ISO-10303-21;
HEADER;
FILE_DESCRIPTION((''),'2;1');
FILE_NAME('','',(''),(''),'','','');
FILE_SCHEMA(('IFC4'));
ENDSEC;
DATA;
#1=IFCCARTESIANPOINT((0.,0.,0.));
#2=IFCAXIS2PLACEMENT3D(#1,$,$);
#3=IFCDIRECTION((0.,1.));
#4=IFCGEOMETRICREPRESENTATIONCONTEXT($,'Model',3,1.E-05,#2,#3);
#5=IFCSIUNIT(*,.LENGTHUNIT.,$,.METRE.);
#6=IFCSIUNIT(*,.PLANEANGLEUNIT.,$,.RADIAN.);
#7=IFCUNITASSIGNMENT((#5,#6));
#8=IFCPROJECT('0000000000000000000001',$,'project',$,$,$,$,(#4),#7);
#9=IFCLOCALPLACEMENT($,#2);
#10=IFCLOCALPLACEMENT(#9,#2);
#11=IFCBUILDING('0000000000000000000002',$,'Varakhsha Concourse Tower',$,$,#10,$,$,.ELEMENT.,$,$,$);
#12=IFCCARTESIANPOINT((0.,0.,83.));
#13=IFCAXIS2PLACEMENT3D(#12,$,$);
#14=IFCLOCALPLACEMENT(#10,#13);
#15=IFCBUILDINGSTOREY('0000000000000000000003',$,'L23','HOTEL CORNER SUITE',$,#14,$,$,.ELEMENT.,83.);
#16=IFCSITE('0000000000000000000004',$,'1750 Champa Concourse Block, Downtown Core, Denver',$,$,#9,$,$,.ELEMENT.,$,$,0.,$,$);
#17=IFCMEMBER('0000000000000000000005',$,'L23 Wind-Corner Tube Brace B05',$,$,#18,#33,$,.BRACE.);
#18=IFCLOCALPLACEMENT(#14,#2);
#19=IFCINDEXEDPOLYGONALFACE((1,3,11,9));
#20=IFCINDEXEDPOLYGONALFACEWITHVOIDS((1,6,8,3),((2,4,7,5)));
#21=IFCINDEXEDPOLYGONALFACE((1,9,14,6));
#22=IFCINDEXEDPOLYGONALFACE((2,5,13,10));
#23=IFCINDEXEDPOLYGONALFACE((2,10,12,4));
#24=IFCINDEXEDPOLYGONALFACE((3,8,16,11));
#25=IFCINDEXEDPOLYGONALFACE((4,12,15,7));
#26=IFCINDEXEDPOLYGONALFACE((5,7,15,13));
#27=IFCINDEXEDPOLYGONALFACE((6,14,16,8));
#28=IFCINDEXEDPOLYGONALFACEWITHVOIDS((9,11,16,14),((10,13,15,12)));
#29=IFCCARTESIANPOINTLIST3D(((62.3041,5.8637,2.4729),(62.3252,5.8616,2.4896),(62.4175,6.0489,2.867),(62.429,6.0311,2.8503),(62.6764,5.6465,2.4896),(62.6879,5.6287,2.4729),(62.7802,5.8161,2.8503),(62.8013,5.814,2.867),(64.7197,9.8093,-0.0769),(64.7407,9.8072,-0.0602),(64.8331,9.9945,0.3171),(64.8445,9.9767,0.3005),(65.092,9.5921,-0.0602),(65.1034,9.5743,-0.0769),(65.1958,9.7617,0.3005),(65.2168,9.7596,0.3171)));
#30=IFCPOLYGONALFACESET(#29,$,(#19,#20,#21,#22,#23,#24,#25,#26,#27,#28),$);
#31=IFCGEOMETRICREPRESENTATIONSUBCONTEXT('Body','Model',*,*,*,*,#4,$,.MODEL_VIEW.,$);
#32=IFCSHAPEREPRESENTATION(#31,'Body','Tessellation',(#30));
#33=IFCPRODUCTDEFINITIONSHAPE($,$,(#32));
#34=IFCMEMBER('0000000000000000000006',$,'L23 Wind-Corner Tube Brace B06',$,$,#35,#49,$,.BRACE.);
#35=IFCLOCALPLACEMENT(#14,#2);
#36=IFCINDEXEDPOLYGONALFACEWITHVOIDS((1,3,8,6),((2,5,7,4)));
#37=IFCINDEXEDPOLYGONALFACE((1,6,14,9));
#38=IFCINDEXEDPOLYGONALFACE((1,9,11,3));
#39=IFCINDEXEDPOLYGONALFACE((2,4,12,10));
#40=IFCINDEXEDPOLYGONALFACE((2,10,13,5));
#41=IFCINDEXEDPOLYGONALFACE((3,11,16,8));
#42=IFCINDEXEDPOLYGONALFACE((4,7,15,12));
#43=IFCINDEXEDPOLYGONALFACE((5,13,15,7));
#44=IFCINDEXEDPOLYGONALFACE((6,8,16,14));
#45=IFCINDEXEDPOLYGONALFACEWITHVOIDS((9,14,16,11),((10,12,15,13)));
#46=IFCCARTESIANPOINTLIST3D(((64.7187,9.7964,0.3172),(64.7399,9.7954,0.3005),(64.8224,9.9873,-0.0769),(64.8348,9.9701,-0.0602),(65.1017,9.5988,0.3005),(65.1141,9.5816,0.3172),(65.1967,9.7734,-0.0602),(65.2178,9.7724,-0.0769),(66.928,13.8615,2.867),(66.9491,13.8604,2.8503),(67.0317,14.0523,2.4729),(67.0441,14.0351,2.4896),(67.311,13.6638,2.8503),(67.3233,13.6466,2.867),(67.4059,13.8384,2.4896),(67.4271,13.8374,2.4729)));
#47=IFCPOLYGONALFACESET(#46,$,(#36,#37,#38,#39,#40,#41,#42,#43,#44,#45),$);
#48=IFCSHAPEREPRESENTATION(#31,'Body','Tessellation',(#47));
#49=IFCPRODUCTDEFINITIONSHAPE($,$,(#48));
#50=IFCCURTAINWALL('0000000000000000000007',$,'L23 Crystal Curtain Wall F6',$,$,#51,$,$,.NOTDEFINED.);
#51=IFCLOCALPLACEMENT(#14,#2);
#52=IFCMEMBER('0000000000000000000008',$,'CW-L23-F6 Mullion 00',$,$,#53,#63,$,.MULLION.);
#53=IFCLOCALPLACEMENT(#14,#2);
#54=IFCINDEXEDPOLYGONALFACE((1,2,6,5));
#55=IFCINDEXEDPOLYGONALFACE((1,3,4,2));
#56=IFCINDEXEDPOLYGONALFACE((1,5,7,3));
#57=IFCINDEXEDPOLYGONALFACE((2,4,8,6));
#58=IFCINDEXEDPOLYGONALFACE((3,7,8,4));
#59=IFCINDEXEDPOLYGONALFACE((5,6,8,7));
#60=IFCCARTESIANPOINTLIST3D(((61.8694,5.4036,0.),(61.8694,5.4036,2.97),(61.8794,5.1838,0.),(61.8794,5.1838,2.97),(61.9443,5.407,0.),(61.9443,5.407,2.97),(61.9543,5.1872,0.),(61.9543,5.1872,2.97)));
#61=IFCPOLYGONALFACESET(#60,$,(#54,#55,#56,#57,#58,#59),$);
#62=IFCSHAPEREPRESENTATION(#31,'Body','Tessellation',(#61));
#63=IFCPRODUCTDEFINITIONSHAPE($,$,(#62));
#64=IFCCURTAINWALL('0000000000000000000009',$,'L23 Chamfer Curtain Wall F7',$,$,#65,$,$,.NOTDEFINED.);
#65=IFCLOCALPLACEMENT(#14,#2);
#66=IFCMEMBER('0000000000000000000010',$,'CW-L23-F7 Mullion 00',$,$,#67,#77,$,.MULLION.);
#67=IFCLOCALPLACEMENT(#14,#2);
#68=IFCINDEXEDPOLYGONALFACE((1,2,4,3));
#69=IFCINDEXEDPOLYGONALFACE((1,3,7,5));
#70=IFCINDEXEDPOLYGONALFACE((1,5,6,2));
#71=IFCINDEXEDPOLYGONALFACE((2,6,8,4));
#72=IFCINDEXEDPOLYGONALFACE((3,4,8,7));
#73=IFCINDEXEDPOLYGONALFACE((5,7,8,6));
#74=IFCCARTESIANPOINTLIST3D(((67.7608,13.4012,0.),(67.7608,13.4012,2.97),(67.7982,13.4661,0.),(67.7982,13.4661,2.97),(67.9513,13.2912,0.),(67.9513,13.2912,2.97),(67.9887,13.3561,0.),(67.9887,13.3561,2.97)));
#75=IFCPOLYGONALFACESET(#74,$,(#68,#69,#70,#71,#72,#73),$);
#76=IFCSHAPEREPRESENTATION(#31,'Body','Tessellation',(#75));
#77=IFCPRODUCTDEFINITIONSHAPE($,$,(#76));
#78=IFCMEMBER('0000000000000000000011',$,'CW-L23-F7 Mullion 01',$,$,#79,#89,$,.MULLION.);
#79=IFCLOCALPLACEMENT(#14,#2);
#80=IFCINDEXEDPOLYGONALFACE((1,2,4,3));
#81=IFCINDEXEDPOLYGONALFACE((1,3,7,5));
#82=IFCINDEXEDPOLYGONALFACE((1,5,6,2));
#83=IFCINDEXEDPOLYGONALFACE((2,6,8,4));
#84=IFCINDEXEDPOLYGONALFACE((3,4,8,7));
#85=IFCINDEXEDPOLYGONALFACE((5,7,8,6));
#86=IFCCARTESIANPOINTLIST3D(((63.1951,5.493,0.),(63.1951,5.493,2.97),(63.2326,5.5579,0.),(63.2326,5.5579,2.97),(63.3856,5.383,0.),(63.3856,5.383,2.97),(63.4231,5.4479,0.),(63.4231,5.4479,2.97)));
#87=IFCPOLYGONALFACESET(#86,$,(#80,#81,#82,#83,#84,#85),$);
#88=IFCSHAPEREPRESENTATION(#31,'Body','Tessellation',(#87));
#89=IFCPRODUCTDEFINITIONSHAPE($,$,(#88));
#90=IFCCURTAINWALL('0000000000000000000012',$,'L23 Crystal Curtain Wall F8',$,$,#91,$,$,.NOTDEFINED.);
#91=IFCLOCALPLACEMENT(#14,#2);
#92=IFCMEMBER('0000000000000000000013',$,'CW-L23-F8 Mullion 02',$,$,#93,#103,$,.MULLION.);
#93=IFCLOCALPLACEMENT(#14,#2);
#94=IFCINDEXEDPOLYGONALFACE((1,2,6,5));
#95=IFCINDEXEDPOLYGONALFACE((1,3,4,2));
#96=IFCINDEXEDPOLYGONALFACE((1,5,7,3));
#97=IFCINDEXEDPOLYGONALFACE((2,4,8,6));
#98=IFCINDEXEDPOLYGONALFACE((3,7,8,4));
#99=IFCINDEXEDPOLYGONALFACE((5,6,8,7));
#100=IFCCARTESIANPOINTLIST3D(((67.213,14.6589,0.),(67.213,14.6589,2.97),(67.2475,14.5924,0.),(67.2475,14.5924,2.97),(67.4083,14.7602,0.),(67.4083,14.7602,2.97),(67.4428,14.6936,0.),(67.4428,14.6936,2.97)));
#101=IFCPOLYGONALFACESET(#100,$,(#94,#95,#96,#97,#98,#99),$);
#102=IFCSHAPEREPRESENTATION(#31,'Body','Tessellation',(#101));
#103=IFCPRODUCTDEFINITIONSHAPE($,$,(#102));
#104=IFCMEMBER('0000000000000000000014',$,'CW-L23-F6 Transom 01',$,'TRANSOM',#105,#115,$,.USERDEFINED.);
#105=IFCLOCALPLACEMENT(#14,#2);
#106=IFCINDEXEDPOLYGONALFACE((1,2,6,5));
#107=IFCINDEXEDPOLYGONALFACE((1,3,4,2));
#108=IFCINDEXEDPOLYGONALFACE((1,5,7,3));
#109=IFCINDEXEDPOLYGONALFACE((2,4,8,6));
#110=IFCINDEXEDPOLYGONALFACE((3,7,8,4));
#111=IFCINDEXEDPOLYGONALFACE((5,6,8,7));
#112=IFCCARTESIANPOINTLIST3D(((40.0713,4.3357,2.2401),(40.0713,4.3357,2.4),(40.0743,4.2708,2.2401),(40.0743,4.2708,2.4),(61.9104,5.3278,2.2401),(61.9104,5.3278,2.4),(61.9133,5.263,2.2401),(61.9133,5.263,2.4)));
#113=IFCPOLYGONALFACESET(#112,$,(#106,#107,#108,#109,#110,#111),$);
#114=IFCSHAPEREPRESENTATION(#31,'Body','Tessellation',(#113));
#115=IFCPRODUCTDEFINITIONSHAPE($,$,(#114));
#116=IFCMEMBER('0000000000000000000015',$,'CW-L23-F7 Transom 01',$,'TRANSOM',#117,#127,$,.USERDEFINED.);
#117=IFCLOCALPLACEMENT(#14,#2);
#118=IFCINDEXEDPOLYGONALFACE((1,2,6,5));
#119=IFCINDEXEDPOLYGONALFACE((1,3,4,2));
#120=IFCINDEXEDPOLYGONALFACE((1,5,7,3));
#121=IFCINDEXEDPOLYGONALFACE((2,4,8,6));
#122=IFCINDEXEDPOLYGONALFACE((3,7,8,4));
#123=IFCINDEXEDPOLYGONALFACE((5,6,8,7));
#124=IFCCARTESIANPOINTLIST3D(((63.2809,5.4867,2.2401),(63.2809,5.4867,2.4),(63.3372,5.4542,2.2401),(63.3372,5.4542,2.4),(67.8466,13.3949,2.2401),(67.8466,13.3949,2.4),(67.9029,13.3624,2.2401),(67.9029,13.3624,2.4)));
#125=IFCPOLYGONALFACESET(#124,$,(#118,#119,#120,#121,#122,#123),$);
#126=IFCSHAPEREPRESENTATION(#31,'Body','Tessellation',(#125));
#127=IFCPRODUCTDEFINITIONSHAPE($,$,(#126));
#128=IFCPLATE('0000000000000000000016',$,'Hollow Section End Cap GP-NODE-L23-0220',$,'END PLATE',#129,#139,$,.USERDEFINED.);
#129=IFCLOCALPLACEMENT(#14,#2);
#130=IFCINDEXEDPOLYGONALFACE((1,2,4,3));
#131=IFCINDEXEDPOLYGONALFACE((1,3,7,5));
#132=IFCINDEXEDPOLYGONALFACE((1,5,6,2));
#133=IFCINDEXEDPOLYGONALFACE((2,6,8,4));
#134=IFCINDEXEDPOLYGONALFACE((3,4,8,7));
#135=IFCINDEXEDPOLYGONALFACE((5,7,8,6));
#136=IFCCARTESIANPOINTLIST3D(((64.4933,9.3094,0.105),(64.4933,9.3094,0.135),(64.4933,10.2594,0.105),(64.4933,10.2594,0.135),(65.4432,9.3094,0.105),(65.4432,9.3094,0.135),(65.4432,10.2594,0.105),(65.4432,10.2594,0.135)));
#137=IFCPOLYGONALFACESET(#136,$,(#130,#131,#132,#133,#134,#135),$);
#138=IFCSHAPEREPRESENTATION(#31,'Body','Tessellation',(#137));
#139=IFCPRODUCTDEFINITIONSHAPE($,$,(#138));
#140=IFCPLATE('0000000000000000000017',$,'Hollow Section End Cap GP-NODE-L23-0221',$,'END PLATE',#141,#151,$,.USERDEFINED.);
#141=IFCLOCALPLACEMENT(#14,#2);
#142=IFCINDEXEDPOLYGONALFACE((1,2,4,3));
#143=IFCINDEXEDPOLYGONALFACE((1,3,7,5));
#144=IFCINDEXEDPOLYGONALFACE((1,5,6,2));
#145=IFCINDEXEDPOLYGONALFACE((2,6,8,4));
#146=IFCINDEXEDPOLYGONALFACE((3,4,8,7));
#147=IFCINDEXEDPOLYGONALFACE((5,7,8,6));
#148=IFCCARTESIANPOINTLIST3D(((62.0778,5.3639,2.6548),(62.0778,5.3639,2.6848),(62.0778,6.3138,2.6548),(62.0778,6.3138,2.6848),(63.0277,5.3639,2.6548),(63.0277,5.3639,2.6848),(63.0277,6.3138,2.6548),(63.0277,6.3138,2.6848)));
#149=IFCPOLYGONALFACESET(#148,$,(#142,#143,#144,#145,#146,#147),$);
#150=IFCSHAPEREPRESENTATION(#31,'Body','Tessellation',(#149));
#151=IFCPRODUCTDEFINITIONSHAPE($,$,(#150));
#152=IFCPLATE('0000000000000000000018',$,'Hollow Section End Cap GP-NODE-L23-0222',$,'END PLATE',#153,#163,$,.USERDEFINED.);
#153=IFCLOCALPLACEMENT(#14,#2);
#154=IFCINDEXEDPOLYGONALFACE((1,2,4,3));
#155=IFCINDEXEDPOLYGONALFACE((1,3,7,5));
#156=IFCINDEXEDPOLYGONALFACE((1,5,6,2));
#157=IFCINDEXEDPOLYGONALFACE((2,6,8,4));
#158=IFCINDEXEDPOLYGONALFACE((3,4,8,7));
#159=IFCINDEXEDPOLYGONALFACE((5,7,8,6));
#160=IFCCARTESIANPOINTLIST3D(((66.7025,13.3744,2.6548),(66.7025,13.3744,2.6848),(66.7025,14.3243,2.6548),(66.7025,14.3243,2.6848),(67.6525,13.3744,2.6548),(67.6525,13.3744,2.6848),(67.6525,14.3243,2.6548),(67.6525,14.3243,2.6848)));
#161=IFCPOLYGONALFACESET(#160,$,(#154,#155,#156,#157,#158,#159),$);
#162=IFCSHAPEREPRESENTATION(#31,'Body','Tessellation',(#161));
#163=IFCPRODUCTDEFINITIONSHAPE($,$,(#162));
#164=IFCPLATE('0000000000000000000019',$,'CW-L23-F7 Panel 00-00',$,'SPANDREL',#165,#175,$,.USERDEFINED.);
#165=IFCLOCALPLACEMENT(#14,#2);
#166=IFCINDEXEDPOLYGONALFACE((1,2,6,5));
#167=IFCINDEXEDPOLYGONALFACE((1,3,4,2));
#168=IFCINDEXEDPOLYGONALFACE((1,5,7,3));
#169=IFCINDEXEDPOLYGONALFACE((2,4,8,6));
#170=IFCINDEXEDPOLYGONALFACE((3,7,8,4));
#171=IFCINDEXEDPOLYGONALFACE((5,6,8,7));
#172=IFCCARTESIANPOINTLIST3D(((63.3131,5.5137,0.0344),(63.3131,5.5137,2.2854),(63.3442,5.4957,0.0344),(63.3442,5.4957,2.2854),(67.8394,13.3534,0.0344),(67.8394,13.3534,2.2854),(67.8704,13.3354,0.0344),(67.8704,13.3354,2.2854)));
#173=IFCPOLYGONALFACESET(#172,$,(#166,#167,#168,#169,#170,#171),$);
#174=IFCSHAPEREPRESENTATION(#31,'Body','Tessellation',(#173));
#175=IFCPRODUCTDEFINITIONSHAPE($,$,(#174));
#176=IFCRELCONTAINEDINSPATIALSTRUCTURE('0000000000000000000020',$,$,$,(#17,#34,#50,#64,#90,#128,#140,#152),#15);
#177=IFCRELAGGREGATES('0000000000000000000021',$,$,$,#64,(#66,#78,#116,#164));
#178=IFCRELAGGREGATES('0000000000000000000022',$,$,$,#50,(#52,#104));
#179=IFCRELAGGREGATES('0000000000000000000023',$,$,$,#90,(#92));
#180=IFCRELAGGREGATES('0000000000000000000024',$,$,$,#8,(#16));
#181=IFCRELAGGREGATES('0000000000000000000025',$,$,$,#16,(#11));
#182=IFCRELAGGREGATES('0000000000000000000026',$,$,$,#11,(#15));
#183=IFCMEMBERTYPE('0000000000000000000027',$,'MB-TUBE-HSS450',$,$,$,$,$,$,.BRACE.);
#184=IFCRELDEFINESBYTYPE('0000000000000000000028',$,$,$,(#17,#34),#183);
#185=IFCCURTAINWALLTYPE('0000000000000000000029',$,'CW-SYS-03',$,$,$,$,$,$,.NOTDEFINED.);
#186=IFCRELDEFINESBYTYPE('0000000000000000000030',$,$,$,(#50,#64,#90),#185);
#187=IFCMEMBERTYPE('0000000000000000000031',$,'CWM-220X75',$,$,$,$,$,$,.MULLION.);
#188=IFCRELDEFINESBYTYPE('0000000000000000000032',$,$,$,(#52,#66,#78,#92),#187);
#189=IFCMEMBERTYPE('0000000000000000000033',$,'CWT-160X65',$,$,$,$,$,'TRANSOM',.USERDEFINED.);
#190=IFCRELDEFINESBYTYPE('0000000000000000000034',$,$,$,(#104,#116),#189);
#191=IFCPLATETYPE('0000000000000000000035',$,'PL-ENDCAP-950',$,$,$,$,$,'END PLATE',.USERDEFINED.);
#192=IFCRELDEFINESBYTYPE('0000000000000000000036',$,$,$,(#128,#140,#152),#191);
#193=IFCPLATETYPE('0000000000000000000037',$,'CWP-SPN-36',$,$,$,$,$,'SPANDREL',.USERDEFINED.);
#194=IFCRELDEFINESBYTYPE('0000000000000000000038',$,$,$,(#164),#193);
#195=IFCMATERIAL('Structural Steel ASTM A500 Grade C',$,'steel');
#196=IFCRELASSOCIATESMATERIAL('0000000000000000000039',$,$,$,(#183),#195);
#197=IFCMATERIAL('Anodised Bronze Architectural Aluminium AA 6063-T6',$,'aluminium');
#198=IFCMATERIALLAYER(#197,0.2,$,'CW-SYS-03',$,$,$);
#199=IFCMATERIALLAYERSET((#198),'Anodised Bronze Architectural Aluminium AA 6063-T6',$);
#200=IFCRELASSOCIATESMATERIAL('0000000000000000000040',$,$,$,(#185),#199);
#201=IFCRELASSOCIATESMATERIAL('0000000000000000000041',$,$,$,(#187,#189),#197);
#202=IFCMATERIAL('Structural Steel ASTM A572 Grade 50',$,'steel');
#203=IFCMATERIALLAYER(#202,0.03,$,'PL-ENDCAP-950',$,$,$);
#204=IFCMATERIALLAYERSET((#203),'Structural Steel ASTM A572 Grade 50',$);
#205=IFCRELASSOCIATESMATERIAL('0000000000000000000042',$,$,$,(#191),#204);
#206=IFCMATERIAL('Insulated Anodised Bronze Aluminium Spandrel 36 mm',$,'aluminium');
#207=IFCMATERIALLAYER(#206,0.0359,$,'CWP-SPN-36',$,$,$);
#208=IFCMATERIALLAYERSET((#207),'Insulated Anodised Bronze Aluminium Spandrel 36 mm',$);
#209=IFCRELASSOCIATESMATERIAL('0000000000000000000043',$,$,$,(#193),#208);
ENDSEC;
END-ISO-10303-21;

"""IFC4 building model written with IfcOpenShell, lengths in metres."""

from ifc_helpers import new_model, si_unit, direction, frame, origin, origin_2d, place, context, subcontext, project, spatial, rectangle, hollow_rectangle, extrude, source, transform, mapped, material, layer, layer_set, material_profile, profile_set, type_object, type_shapes, element, aggregate, save


model = new_model("IFC4")

# Units and contexts
model_context = context("Model", 3, precision=1e-05, world=origin(), true_north=direction((0.0, 1.0)))
body_context = subcontext(model_context, "Body", "Model", "MODEL_VIEW")
ifc_project = project(units=[si_unit("LENGTHUNIT", "METRE"), si_unit("PLANEANGLEUNIT", "RADIAN")], contexts=[model_context])

# Site, building, storey
site_placement = place(None, origin())
site = spatial("IfcSite", under=ifc_project, at=site_placement, Name="1750 Champa Concourse Block, Downtown Core, Denver", CompositionType="ELEMENT", RefElevation=0.0)
building_placement = place(site_placement, origin())
building = spatial("IfcBuilding", under=site, at=building_placement, Name="Varakhsha Concourse Tower", CompositionType="ELEMENT")
storey_placement = place(building_placement, frame((0.0, 0.0, 83.0)))
storey = spatial("IfcBuildingStorey", under=building, at=storey_placement, Name="L23", Description="HOTEL CORNER SUITE", CompositionType="ELEMENT", Elevation=83.0)

# Shared definitions
ifc_material_1 = material(Name="Structural Steel ASTM A572 Grade 50", Category="steel")

# Members
ifc_material_2 = material(Name="Structural Steel ASTM A500 Grade C", Category="steel")
ifc_material_profile_1 = material_profile(ifc_material_2, hollow_rectangle(XDim=0.45, YDim=0.45, WallThickness=0.019, at=origin_2d()), Name="HSS 450x450x19")
ifc_profile_set_1 = profile_set([ifc_material_profile_1], Name="Structural Steel ASTM A500 Grade C")
member_type_1 = type_object("IfcMemberType", Name="MB-TUBE-HSS450", PredefinedType="BRACE", material=ifc_profile_set_1)
shared_shape_1 = source(origin(), body_context, "Body", "SweptSolid", [
    extrude(hollow_rectangle(XDim=0.45, YDim=0.45, WallThickness=0.019, at=origin_2d()), origin(), (0.0, 0.0, 1.0), 5.2825),
])
member_1_placement = place(storey_placement, frame((64.9683, 9.7844, 0.1201), z_axis=(-0.457279, -0.746926, 0.482699), x_axis=(0.852863, -0.522135, 0.0)))
element("IfcMember", 1, at=member_1_placement, inside=storey, type_object=member_type_1, Name="L23 Wind-Corner Tube Brace B05", PredefinedType="BRACE", context=body_context, shape_type="MappedRepresentation", body=[
    mapped(shared_shape_1, transform((0.0, 0.0, 0.0), scale=1.0)),
])
shared_shape_2 = source(origin(), body_context, "Body", "SweptSolid", [
    extrude(hollow_rectangle(XDim=0.45, YDim=0.45, WallThickness=0.019, at=origin_2d()), origin(), (0.0, 0.0, 1.0), 5.2827),
])
type_shapes(member_type_1, [shared_shape_1, shared_shape_2])
member_2_placement = place(storey_placement, frame((64.9683, 9.7844, 0.1201), z_axis=(0.418208, 0.769495, 0.482679), x_axis=(-0.878623, 0.477517, 0.0)))
element("IfcMember", 2, at=member_2_placement, inside=storey, type_object=member_type_1, Name="L23 Wind-Corner Tube Brace B06", PredefinedType="BRACE", context=body_context, shape_type="MappedRepresentation", body=[
    mapped(shared_shape_2, transform((0.0, 0.0, 0.0), scale=1.0)),
])

# Curtain wall, member
ifc_material_3 = material(Name="Anodised Bronze Architectural Aluminium AA 6063-T6", Category="aluminium")
ifc_layer_1 = layer(ifc_material_3, 0.2, Name="CW-SYS-03")
ifc_layer_set_1 = layer_set([ifc_layer_1], Name="Anodised Bronze Architectural Aluminium AA 6063-T6")
curtain_wall_type = type_object("IfcCurtainWallType", Name="CW-SYS-03", PredefinedType="NOTDEFINED", material=ifc_layer_set_1)
curtain_wall_1_placement = place(storey_placement, origin())
curtain_wall_1 = element("IfcCurtainWall", 3, at=curtain_wall_1_placement, inside=storey, type_object=curtain_wall_type, Name="L23 Crystal Curtain Wall F6", PredefinedType="NOTDEFINED")
ifc_material_profile_2 = material_profile(ifc_material_3, rectangle(XDim=0.075, YDim=0.22, at=origin_2d()), Name="CWM-220X75")
ifc_profile_set_2 = profile_set([ifc_material_profile_2], Name="Anodised Bronze Architectural Aluminium AA 6063-T6")
member_type_2 = type_object("IfcMemberType", Name="CWM-220X75", PredefinedType="MULLION", material=ifc_profile_set_2)
shared_shape_3 = source(origin(), body_context, "Body", "SweptSolid", [
    extrude(rectangle(XDim=0.075, YDim=0.22, at=origin_2d()), origin(), (0.0, 0.0, 1.0), 2.97),
])
type_shapes(member_type_2, [shared_shape_3])
member_3_placement = place(storey_placement, frame((61.9119, 5.2954, 0.0), z_axis=(0.0, 0.0, 1.0), x_axis=(-0.99897, -0.04538, 0.0)))
member_3 = element("IfcMember", 4, at=member_3_placement, type_object=member_type_2, Name="CW-L23-F6 Mullion 00", PredefinedType="MULLION", context=body_context, shape_type="MappedRepresentation", body=[
    mapped(shared_shape_3, transform((0.0, 0.0, 0.0), scale=1.0)),
])

# Curtain wall, members
curtain_wall_2_placement = place(storey_placement, origin())
curtain_wall_2 = element("IfcCurtainWall", 5, at=curtain_wall_2_placement, inside=storey, type_object=curtain_wall_type, Name="L23 Chamfer Curtain Wall F7", PredefinedType="NOTDEFINED")
member_4_placement = place(storey_placement, frame((67.8748, 13.3787, 0.0), z_axis=(0.0, 0.0, 1.0), x_axis=(-0.499997, -0.866027, 0.0)))
member_4 = element("IfcMember", 6, at=member_4_placement, type_object=member_type_2, Name="CW-L23-F7 Mullion 00", PredefinedType="MULLION", context=body_context, shape_type="MappedRepresentation", body=[
    mapped(shared_shape_3, transform((0.0, 0.0, 0.0), scale=1.0)),
])
member_5_placement = place(storey_placement, frame((63.3091, 5.4705, 0.0), z_axis=(0.0, 0.0, 1.0), x_axis=(-0.499997, -0.866027, 0.0)))
member_5 = element("IfcMember", 7, at=member_5_placement, type_object=member_type_2, Name="CW-L23-F7 Mullion 01", PredefinedType="MULLION", context=body_context, shape_type="MappedRepresentation", body=[
    mapped(shared_shape_3, transform((0.0, 0.0, 0.0), scale=1.0)),
])

# Curtain wall, member
curtain_wall_3_placement = place(storey_placement, origin())
curtain_wall_3 = element("IfcCurtainWall", 8, at=curtain_wall_3_placement, inside=storey, type_object=curtain_wall_type, Name="L23 Crystal Curtain Wall F8", PredefinedType="NOTDEFINED")
member_6_placement = place(storey_placement, frame((67.3279, 14.6763, 0.0), z_axis=(0.0, 0.0, 1.0), x_axis=(0.460186, -0.887823, 0.0)))
member_6 = element("IfcMember", 9, at=member_6_placement, type_object=member_type_2, Name="CW-L23-F8 Mullion 02", PredefinedType="MULLION", context=body_context, shape_type="MappedRepresentation", body=[
    mapped(shared_shape_3, transform((0.0, 0.0, 0.0), scale=1.0)),
])

# Members
ifc_material_profile_3 = material_profile(ifc_material_3, rectangle(XDim=0.0649, YDim=0.1599, at=origin_2d()), Name="CWT-160X65")
ifc_profile_set_3 = profile_set([ifc_material_profile_3], Name="Anodised Bronze Architectural Aluminium AA 6063-T6")
member_type_3 = type_object("IfcMemberType", Name="CWT-160X65", ElementType="TRANSOM", PredefinedType="USERDEFINED", material=ifc_profile_set_3)
shared_shape_4 = source(origin(), body_context, "Body", "SweptSolid", [
    extrude(rectangle(XDim=0.0649, YDim=0.1599, at=origin_2d()), origin(), (0.0, 0.0, 1.0), 21.8616),
])
member_7_placement = place(storey_placement, frame((61.9119, 5.2954, 2.3201), z_axis=(-0.99897, -0.045385, 0.0), x_axis=(0.045385, -0.99897, 0.0)))
member_7 = element("IfcMember", 10, at=member_7_placement, type_object=member_type_3, Name="CW-L23-F6 Transom 01", ObjectType="TRANSOM", PredefinedType="USERDEFINED", context=body_context, shape_type="MappedRepresentation", body=[
    mapped(shared_shape_4, transform((0.0, 0.0, 0.0), scale=1.0)),
])
shared_shape_5 = source(origin(), body_context, "Body", "SweptSolid", [
    extrude(rectangle(XDim=0.0649, YDim=0.1599, at=origin_2d()), origin(), (0.0, 0.0, 1.0), 9.1316),
])
type_shapes(member_type_3, [shared_shape_4, shared_shape_5])
member_8_placement = place(storey_placement, frame((67.8748, 13.3787, 2.3201), z_axis=(-0.499989, -0.866032, 0.0), x_axis=(0.866032, -0.499989, 0.0)))
member_8 = element("IfcMember", 11, at=member_8_placement, type_object=member_type_3, Name="CW-L23-F7 Transom 01", ObjectType="TRANSOM", PredefinedType="USERDEFINED", context=body_context, shape_type="MappedRepresentation", body=[
    mapped(shared_shape_5, transform((0.0, 0.0, 0.0), scale=1.0)),
])

# Plates
ifc_layer_2 = layer(ifc_material_1, 0.03, Name="PL-ENDCAP-950")
ifc_layer_set_2 = layer_set([ifc_layer_2], Name="Structural Steel ASTM A572 Grade 50")
plate_type_1 = type_object("IfcPlateType", Name="PL-ENDCAP-950", ElementType="END PLATE", PredefinedType="USERDEFINED", material=ifc_layer_set_2)
shared_shape_6 = source(origin(), body_context, "Body", "SweptSolid", [
    extrude(rectangle(XDim=0.95, YDim=0.95, at=origin_2d()), origin(), (0.0, 0.0, 1.0), 0.03),
])
type_shapes(plate_type_1, [shared_shape_6])
for number, where, z_axis, x_axis, name in (
    (12, (64.9683, 9.7844, 0.105), (0.0, 0.0, 1.0), (1.0, 0.0, 0.0), "Hollow Section End Cap GP-NODE-L23-0220"),
    (13, (62.5527, 5.8389, 2.6548), (0.0, 0.0, 1.0), (1.0, 0.0, 0.0), "Hollow Section End Cap GP-NODE-L23-0221"),
    (14, (67.1775, 13.8494, 2.6548), (0.0, 0.0, 1.0), (1.0, 0.0, 0.0), "Hollow Section End Cap GP-NODE-L23-0222"),
):
    element("IfcPlate", number, at=place(storey_placement, frame(where, z_axis=z_axis, x_axis=x_axis)), inside=storey, type_object=plate_type_1, Name=name, ObjectType="END PLATE", PredefinedType="USERDEFINED", context=body_context, shape_type="MappedRepresentation", body=[
        mapped(shared_shape_6, transform((0.0, 0.0, 0.0), scale=1.0)),
    ])

# Plate
ifc_material_4 = material(Name="Insulated Anodised Bronze Aluminium Spandrel 36 mm", Category="aluminium")
ifc_layer_3 = layer(ifc_material_4, 0.0359, Name="CWP-SPN-36")
ifc_layer_set_3 = layer_set([ifc_layer_3], Name="Insulated Anodised Bronze Aluminium Spandrel 36 mm")
plate_type_2 = type_object("IfcPlateType", Name="CWP-SPN-36", ElementType="SPANDREL", PredefinedType="USERDEFINED", material=ifc_layer_set_3)
shared_shape_7 = source(origin(), body_context, "Body", "SweptSolid", [
    extrude(rectangle(XDim=9.0525, YDim=0.0359, at=origin_2d()), origin(), (0.0, 0.0, 1.0), 2.251),
])
type_shapes(plate_type_2, [shared_shape_7])
plate_1_placement = place(storey_placement, frame((65.5918, 9.4246, 0.0344), z_axis=(0.0, 0.0, 1.0), x_axis=(-0.499997, -0.866027, 0.0)))
plate_1 = element("IfcPlate", 15, at=plate_1_placement, type_object=plate_type_2, Name="CW-L23-F7 Panel 00-00", ObjectType="SPANDREL", PredefinedType="USERDEFINED", context=body_context, shape_type="MappedRepresentation", body=[
    mapped(shared_shape_7, transform((0.0, 0.0, 0.0), scale=1.0)),
])
aggregate(curtain_wall_2, [member_4, member_5, member_8, plate_1])
aggregate(curtain_wall_1, [member_3, member_7])
aggregate(curtain_wall_3, [member_6])

save(model, "model.ifc")
